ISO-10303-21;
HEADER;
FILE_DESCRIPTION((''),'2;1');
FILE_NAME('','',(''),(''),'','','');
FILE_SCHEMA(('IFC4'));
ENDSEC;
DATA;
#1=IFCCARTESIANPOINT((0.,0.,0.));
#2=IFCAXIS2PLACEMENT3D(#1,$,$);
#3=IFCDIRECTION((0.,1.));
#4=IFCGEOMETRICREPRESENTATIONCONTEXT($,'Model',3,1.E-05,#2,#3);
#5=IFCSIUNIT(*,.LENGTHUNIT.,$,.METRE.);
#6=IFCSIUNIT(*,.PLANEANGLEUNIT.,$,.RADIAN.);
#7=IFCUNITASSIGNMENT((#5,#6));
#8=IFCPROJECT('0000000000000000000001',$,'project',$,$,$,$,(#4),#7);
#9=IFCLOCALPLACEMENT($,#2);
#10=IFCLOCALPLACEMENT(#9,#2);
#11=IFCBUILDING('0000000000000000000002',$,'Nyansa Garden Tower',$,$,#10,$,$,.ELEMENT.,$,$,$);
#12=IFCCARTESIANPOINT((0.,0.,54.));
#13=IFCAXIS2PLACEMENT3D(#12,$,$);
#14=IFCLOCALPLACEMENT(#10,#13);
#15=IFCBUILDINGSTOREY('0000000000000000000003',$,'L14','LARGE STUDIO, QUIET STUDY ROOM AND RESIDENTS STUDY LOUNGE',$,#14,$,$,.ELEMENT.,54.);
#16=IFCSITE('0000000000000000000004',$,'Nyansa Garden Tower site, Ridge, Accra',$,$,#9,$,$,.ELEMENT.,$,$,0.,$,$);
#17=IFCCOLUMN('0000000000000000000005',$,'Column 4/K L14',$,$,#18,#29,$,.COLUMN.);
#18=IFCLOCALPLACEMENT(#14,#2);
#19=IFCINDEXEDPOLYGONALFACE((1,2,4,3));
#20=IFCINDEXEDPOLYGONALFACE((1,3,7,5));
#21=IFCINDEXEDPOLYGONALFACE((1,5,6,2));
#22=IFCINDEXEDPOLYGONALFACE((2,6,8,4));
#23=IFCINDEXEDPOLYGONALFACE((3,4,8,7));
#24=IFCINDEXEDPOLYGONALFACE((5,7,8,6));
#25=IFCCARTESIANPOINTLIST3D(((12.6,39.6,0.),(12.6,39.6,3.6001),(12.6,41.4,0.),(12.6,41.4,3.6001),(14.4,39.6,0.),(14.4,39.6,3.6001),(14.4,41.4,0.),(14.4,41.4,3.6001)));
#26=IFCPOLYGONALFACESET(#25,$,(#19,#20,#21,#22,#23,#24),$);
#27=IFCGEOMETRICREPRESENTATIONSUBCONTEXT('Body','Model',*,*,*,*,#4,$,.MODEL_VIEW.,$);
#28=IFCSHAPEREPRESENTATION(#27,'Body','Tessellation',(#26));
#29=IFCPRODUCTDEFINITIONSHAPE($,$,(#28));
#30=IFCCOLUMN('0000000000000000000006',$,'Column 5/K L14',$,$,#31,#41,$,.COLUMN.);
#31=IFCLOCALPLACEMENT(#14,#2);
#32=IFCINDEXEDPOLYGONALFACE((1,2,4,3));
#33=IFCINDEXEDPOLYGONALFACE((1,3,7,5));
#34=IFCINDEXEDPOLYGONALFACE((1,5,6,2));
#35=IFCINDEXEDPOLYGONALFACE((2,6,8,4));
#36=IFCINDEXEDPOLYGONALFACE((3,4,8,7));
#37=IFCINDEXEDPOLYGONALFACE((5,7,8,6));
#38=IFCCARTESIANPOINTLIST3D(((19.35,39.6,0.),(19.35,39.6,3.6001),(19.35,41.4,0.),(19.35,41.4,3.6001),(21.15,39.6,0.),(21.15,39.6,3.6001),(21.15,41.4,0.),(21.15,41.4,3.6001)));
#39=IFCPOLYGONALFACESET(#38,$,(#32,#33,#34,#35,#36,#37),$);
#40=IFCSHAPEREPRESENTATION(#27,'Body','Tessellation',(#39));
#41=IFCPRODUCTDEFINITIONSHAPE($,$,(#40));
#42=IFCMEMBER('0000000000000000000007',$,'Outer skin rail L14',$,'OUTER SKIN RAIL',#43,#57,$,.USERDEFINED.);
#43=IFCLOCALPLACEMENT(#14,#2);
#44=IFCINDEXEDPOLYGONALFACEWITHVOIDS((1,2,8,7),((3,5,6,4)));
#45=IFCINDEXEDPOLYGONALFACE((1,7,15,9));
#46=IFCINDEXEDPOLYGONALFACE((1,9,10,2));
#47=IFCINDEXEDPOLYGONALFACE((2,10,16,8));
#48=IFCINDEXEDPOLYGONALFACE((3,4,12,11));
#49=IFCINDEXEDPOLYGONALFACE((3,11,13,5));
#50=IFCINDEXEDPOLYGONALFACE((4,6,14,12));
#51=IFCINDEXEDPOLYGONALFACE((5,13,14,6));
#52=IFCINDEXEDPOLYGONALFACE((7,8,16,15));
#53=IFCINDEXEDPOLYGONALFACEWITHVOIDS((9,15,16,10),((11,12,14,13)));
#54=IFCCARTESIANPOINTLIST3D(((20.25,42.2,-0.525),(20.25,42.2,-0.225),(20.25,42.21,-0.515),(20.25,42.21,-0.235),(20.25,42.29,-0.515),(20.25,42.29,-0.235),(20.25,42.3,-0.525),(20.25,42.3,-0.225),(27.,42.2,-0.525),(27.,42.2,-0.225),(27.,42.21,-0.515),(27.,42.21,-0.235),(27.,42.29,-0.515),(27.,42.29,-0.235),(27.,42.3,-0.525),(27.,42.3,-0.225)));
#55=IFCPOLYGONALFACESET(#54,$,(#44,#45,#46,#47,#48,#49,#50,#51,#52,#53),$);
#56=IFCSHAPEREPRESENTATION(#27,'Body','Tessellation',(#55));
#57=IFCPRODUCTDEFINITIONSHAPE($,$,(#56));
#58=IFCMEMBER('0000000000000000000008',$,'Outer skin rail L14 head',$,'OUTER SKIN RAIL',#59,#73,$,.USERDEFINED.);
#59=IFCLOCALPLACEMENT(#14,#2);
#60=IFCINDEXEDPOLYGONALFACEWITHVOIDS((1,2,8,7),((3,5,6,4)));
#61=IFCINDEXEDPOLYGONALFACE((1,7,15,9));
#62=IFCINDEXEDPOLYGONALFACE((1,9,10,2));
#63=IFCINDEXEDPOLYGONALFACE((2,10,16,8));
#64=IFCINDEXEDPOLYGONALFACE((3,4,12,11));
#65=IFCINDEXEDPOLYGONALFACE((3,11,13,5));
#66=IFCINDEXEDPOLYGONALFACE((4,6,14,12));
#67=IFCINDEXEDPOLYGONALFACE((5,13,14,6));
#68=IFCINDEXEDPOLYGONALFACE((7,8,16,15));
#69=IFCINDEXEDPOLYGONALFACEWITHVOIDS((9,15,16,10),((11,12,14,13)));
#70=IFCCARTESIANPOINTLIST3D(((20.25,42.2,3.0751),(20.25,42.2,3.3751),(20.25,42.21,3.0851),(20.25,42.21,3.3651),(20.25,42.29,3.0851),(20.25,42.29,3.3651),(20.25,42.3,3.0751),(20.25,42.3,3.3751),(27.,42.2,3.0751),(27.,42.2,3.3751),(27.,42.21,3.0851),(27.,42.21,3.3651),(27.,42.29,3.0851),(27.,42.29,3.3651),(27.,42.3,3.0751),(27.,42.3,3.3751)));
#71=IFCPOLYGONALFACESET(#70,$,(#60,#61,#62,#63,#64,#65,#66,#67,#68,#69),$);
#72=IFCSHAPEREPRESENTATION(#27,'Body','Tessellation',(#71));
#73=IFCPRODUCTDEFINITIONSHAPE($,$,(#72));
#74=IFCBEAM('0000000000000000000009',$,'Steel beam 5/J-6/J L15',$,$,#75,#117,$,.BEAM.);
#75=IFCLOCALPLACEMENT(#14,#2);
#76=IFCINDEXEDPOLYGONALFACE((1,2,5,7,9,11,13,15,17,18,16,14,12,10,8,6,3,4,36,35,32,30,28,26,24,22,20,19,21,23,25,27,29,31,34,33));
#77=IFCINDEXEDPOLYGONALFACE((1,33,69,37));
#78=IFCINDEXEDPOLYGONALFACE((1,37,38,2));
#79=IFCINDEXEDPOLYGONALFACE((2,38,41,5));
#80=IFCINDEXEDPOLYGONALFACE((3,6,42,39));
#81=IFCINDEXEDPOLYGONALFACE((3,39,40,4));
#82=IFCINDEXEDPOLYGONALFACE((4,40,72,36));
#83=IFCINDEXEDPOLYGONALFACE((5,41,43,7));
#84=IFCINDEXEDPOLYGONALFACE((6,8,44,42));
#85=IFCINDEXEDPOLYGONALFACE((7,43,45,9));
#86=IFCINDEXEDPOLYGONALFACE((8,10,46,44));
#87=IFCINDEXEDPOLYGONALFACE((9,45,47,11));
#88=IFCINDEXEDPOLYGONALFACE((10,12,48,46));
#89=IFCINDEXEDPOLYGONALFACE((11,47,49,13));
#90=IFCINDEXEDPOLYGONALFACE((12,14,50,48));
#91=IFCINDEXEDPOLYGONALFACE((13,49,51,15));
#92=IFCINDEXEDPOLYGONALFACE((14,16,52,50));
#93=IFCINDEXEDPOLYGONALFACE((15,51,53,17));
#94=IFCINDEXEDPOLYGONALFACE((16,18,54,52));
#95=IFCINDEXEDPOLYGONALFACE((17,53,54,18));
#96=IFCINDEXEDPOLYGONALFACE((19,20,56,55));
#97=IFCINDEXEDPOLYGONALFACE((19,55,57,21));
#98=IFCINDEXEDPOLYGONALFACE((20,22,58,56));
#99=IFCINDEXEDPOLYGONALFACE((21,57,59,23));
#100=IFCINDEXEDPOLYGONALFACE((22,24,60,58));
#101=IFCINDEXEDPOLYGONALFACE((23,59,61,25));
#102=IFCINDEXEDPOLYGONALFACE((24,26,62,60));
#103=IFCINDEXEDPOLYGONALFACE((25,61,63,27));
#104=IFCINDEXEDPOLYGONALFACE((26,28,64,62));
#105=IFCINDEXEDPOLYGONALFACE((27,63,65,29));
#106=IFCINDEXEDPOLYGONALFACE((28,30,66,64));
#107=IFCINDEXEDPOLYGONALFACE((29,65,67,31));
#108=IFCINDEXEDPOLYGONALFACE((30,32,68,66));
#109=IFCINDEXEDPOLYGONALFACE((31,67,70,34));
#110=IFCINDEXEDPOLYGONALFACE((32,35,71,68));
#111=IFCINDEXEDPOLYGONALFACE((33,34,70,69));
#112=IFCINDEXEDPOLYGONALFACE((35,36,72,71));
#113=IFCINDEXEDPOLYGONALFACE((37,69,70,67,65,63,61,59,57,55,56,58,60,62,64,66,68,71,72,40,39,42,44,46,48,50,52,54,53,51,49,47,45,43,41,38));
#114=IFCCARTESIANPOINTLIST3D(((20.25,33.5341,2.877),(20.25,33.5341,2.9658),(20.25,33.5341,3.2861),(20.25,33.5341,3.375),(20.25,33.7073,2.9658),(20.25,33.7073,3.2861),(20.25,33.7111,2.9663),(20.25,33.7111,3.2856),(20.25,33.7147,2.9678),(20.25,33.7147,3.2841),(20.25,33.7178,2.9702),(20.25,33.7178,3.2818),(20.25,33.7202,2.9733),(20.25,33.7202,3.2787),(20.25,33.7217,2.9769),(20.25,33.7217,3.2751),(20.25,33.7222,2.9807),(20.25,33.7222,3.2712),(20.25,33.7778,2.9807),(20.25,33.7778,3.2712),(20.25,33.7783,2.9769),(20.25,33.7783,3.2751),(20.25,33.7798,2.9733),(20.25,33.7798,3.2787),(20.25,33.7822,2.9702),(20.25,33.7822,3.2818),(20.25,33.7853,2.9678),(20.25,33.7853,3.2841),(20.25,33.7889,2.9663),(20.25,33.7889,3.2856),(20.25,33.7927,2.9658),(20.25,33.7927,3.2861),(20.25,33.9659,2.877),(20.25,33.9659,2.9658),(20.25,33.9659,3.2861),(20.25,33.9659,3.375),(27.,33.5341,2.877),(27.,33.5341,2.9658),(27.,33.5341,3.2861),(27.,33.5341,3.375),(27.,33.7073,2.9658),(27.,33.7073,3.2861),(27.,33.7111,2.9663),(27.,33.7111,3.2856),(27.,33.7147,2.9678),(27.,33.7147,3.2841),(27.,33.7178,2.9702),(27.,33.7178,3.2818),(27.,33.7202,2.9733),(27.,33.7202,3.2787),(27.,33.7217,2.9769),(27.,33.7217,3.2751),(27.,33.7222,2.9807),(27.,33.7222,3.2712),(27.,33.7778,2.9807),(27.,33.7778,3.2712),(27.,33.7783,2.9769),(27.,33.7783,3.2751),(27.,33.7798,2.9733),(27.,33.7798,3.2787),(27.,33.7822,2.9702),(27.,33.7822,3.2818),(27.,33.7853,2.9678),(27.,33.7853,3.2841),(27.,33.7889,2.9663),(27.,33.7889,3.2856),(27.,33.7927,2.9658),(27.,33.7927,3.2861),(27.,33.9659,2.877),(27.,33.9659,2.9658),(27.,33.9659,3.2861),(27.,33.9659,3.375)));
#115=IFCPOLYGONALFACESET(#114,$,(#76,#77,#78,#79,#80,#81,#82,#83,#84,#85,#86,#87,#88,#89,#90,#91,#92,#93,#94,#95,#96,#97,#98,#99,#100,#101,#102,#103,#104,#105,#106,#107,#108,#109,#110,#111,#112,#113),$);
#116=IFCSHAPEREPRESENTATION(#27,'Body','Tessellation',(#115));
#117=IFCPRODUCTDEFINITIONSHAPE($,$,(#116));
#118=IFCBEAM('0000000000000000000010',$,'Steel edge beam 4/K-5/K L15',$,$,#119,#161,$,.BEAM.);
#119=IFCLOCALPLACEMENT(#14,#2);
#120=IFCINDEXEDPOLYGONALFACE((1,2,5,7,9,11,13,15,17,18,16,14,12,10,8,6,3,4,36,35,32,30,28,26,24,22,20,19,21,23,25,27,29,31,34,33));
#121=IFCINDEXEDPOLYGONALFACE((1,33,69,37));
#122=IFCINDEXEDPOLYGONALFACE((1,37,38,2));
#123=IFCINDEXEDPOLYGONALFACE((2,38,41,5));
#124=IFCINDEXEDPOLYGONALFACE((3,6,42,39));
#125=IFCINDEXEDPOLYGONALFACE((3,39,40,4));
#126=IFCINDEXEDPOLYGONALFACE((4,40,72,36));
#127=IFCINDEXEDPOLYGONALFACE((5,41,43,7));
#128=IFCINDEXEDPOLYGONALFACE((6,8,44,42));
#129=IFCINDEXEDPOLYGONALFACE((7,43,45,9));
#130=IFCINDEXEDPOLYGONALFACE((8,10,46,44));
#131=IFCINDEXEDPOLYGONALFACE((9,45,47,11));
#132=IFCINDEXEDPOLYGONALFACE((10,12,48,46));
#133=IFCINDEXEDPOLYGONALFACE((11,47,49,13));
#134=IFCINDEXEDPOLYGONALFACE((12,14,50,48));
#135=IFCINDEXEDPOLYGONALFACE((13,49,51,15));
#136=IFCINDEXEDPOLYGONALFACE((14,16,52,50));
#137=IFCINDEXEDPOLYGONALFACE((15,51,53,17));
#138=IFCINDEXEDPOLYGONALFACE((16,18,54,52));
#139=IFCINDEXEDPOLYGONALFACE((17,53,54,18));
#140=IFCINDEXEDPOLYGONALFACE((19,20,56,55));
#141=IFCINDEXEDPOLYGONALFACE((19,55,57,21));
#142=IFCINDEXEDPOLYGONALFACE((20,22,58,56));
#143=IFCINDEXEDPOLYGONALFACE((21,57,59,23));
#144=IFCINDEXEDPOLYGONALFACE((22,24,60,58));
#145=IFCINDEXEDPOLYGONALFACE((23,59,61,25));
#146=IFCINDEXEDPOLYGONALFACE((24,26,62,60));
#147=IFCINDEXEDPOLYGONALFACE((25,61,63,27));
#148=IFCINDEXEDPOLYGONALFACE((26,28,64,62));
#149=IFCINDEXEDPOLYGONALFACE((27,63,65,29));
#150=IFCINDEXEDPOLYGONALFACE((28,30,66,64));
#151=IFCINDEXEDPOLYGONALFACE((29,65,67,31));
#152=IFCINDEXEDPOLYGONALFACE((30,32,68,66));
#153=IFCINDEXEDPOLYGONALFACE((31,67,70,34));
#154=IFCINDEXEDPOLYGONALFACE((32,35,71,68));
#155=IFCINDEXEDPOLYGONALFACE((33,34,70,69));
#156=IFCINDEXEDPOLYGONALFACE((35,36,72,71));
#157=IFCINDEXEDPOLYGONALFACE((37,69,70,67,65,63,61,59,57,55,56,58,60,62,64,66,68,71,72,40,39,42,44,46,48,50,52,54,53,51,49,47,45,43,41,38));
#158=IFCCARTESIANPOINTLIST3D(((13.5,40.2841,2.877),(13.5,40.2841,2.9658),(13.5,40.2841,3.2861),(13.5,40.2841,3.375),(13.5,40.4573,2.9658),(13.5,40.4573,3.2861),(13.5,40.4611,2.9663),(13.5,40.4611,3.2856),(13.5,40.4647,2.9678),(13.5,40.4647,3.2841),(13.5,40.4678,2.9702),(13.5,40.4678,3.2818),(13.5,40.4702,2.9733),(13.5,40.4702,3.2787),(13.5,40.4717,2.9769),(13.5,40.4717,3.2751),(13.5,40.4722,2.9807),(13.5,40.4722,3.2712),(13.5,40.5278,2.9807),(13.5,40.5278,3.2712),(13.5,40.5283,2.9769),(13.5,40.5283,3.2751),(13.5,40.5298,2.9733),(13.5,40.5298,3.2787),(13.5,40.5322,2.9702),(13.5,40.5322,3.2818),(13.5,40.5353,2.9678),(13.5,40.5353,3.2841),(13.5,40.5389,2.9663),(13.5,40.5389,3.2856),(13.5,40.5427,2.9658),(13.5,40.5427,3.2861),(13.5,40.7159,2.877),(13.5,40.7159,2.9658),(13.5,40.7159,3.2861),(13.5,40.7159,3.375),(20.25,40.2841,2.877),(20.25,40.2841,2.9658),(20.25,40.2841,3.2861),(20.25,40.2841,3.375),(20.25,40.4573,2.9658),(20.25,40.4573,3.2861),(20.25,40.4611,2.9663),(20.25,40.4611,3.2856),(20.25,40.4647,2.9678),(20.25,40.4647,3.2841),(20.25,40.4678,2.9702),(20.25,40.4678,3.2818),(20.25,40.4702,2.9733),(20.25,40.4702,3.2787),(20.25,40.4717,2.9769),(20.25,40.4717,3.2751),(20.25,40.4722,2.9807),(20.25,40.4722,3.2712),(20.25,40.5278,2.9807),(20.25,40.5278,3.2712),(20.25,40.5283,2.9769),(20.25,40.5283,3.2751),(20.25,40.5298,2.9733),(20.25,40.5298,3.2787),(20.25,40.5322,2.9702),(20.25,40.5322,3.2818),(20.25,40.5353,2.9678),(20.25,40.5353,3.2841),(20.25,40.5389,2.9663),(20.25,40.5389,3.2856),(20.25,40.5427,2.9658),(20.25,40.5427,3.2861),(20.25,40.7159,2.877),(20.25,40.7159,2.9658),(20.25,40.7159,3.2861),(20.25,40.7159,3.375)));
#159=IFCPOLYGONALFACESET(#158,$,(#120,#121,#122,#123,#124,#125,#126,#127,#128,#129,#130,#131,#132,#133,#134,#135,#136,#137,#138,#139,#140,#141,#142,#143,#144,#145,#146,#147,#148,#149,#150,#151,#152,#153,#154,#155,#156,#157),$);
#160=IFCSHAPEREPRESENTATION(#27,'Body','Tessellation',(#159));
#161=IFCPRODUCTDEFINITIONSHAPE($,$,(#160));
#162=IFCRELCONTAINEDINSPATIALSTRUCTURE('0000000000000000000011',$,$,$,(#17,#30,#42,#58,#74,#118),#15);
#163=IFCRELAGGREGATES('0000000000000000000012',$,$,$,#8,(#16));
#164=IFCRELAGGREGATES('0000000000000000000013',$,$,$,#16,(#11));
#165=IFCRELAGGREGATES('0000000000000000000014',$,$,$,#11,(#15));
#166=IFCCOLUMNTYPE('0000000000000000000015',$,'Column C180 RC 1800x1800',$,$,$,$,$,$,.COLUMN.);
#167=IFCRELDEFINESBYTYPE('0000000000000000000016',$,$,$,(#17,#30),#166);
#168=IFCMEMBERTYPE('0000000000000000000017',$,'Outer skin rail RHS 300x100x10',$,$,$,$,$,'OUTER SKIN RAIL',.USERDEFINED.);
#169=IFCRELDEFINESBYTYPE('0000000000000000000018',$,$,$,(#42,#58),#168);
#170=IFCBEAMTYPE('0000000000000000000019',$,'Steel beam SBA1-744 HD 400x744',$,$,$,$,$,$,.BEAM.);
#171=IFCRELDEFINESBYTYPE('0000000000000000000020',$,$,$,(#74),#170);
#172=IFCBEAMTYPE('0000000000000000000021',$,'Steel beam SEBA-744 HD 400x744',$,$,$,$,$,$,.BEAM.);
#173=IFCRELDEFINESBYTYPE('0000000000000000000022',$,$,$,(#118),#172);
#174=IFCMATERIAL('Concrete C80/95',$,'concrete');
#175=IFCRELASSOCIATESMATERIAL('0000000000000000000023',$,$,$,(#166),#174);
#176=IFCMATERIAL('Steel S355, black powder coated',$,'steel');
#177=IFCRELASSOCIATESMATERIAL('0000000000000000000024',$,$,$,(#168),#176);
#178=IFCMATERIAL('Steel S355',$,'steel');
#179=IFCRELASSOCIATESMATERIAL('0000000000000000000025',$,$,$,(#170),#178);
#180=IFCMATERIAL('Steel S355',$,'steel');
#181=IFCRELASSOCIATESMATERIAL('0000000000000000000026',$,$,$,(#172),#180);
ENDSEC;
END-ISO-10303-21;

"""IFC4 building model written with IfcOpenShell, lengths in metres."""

from ifc_helpers import new_model, si_unit, direction, frame, origin, origin_2d, place, context, subcontext, project, spatial, rectangle, hollow_rectangle, i_section, extrude, material, material_profile, profile_set, type_object, element, save


model = new_model("IFC4")

# Units and contexts
model_context = context("Model", 3, precision=1e-05, world=origin(), true_north=direction((0.0, 1.0)))
body_context = subcontext(model_context, "Body", "Model", "MODEL_VIEW")
ifc_project = project(units=[si_unit("LENGTHUNIT", "METRE"), si_unit("PLANEANGLEUNIT", "RADIAN")], contexts=[model_context])

# Site, building, storey
site_placement = place(None, origin())
site = spatial("IfcSite", under=ifc_project, at=site_placement, Name="Nyansa Garden Tower site, Ridge, Accra", CompositionType="ELEMENT", RefElevation=0.0)
building_placement = place(site_placement, origin())
building = spatial("IfcBuilding", under=site, at=building_placement, Name="Nyansa Garden Tower", CompositionType="ELEMENT")
storey_placement = place(building_placement, frame((0.0, 0.0, 54.0)))
storey = spatial("IfcBuildingStorey", under=building, at=storey_placement, Name="L14", Description="LARGE STUDIO, QUIET STUDY ROOM AND RESIDENTS STUDY LOUNGE", CompositionType="ELEMENT", Elevation=54.0)

# Columns
ifc_material_1 = material(Name="Concrete C80/95", Category="concrete")
ifc_material_profile_1 = material_profile(ifc_material_1, rectangle(XDim=1.8, YDim=1.8, at=origin_2d()), Name="RC 1800x1800")
ifc_profile_set_1 = profile_set([ifc_material_profile_1], Name="Concrete C80/95")
column_type = type_object("IfcColumnType", Name="Column C180 RC 1800x1800", PredefinedType="COLUMN", material=ifc_profile_set_1)
for number, where, z_axis, x_axis, name in (
    (1, (13.5, 40.5, 0.0), (0.0, 0.0, 1.0), (1.0, 0.0, 0.0), "Column 4/K L14"),
    (2, (20.25, 40.5, 0.0), (0.0, 0.0, 1.0), (1.0, 0.0, 0.0), "Column 5/K L14"),
):
    element("IfcColumn", number, at=place(storey_placement, frame(where, z_axis=z_axis, x_axis=x_axis)), inside=storey, type_object=column_type, Name=name, PredefinedType="COLUMN", context=body_context, shape_type="SweptSolid", body=[
        extrude(rectangle(XDim=1.8, YDim=1.8, at=origin_2d()), origin(), (0.0, 0.0, 1.0), 3.6001),
    ])

# Members
ifc_material_2 = material(Name="Steel S355, black powder coated", Category="steel")
ifc_material_profile_2 = material_profile(ifc_material_2, hollow_rectangle(XDim=0.1001, YDim=0.3, WallThickness=0.01, at=origin_2d()), Name="RHS 300x100x10")
ifc_profile_set_2 = profile_set([ifc_material_profile_2], Name="Steel S355, black powder coated")
member_type = type_object("IfcMemberType", Name="Outer skin rail RHS 300x100x10", ElementType="OUTER SKIN RAIL", PredefinedType="USERDEFINED", material=ifc_profile_set_2)
for number, where, z_axis, x_axis, name in (
    (3, (20.25, 42.25, -0.375), (1.0, 0.0, 0.0), (0.0, 1.0, 0.0), "Outer skin rail L14"),
    (4, (20.25, 42.25, 3.2251), (1.0, 0.0, 0.0), (0.0, 1.0, 0.0), "Outer skin rail L14 head"),
):
    element("IfcMember", number, at=place(storey_placement, frame(where, z_axis=z_axis, x_axis=x_axis)), inside=storey, type_object=member_type, Name=name, ObjectType="OUTER SKIN RAIL", PredefinedType="USERDEFINED", context=body_context, shape_type="SweptSolid", body=[
        extrude(hollow_rectangle(XDim=0.1001, YDim=0.3, WallThickness=0.01, at=origin_2d()), origin(), (0.0, 0.0, 1.0), 6.75),
    ])

# Beams
ifc_material_3 = material(Name="Steel S355", Category="steel")
ifc_material_profile_3 = material_profile(ifc_material_3, i_section(OverallWidth=0.4319, OverallDepth=0.498, WebThickness=0.0557, FlangeThickness=0.0889, FilletRadius=0.0149, at=origin_2d()), Name="HD 400x744")
ifc_profile_set_3 = profile_set([ifc_material_profile_3], Name="Steel S355")
beam_type_1 = type_object("IfcBeamType", Name="Steel beam SBA1-744 HD 400x744", PredefinedType="BEAM", material=ifc_profile_set_3)
beam_placement = place(storey_placement, frame((20.25, 33.75, 3.126), z_axis=(1.0, 0.0, 0.0), x_axis=(0.0, 1.0, 0.0)))
element("IfcBeam", 5, at=beam_placement, inside=storey, type_object=beam_type_1, Name="Steel beam 5/J-6/J L15", PredefinedType="BEAM", context=body_context, shape_type="SweptSolid", body=[
    extrude(i_section(OverallWidth=0.4319, OverallDepth=0.498, WebThickness=0.0557, FlangeThickness=0.0889, FilletRadius=0.0149, at=origin_2d()), origin(), (0.0, 0.0, 1.0), 6.75),
])
ifc_material_4 = material(Name="Steel S355", Category="steel")
ifc_material_profile_4 = material_profile(ifc_material_4, i_section(OverallWidth=0.4319, OverallDepth=0.498, WebThickness=0.0557, FlangeThickness=0.0889, FilletRadius=0.0149, at=origin_2d()), Name="HD 400x744")
ifc_profile_set_4 = profile_set([ifc_material_profile_4], Name="Steel S355")
beam_type_2 = type_object("IfcBeamType", Name="Steel beam SEBA-744 HD 400x744", PredefinedType="BEAM", material=ifc_profile_set_4)
for number, where, z_axis, x_axis, name in (
    (6, (13.5, 40.5, 3.126), (1.0, 0.0, 0.0), (0.0, 1.0, 0.0), "Steel edge beam 4/K-5/K L15"),
):
    element("IfcBeam", number, at=place(storey_placement, frame(where, z_axis=z_axis, x_axis=x_axis)), inside=storey, type_object=beam_type_2, Name=name, PredefinedType="BEAM", context=body_context, shape_type="SweptSolid", body=[
        extrude(i_section(OverallWidth=0.4319, OverallDepth=0.498, WebThickness=0.0557, FlangeThickness=0.0889, FilletRadius=0.0149, at=origin_2d()), origin(), (0.0, 0.0, 1.0), 6.75),
    ])

save(model, "model.ifc")
